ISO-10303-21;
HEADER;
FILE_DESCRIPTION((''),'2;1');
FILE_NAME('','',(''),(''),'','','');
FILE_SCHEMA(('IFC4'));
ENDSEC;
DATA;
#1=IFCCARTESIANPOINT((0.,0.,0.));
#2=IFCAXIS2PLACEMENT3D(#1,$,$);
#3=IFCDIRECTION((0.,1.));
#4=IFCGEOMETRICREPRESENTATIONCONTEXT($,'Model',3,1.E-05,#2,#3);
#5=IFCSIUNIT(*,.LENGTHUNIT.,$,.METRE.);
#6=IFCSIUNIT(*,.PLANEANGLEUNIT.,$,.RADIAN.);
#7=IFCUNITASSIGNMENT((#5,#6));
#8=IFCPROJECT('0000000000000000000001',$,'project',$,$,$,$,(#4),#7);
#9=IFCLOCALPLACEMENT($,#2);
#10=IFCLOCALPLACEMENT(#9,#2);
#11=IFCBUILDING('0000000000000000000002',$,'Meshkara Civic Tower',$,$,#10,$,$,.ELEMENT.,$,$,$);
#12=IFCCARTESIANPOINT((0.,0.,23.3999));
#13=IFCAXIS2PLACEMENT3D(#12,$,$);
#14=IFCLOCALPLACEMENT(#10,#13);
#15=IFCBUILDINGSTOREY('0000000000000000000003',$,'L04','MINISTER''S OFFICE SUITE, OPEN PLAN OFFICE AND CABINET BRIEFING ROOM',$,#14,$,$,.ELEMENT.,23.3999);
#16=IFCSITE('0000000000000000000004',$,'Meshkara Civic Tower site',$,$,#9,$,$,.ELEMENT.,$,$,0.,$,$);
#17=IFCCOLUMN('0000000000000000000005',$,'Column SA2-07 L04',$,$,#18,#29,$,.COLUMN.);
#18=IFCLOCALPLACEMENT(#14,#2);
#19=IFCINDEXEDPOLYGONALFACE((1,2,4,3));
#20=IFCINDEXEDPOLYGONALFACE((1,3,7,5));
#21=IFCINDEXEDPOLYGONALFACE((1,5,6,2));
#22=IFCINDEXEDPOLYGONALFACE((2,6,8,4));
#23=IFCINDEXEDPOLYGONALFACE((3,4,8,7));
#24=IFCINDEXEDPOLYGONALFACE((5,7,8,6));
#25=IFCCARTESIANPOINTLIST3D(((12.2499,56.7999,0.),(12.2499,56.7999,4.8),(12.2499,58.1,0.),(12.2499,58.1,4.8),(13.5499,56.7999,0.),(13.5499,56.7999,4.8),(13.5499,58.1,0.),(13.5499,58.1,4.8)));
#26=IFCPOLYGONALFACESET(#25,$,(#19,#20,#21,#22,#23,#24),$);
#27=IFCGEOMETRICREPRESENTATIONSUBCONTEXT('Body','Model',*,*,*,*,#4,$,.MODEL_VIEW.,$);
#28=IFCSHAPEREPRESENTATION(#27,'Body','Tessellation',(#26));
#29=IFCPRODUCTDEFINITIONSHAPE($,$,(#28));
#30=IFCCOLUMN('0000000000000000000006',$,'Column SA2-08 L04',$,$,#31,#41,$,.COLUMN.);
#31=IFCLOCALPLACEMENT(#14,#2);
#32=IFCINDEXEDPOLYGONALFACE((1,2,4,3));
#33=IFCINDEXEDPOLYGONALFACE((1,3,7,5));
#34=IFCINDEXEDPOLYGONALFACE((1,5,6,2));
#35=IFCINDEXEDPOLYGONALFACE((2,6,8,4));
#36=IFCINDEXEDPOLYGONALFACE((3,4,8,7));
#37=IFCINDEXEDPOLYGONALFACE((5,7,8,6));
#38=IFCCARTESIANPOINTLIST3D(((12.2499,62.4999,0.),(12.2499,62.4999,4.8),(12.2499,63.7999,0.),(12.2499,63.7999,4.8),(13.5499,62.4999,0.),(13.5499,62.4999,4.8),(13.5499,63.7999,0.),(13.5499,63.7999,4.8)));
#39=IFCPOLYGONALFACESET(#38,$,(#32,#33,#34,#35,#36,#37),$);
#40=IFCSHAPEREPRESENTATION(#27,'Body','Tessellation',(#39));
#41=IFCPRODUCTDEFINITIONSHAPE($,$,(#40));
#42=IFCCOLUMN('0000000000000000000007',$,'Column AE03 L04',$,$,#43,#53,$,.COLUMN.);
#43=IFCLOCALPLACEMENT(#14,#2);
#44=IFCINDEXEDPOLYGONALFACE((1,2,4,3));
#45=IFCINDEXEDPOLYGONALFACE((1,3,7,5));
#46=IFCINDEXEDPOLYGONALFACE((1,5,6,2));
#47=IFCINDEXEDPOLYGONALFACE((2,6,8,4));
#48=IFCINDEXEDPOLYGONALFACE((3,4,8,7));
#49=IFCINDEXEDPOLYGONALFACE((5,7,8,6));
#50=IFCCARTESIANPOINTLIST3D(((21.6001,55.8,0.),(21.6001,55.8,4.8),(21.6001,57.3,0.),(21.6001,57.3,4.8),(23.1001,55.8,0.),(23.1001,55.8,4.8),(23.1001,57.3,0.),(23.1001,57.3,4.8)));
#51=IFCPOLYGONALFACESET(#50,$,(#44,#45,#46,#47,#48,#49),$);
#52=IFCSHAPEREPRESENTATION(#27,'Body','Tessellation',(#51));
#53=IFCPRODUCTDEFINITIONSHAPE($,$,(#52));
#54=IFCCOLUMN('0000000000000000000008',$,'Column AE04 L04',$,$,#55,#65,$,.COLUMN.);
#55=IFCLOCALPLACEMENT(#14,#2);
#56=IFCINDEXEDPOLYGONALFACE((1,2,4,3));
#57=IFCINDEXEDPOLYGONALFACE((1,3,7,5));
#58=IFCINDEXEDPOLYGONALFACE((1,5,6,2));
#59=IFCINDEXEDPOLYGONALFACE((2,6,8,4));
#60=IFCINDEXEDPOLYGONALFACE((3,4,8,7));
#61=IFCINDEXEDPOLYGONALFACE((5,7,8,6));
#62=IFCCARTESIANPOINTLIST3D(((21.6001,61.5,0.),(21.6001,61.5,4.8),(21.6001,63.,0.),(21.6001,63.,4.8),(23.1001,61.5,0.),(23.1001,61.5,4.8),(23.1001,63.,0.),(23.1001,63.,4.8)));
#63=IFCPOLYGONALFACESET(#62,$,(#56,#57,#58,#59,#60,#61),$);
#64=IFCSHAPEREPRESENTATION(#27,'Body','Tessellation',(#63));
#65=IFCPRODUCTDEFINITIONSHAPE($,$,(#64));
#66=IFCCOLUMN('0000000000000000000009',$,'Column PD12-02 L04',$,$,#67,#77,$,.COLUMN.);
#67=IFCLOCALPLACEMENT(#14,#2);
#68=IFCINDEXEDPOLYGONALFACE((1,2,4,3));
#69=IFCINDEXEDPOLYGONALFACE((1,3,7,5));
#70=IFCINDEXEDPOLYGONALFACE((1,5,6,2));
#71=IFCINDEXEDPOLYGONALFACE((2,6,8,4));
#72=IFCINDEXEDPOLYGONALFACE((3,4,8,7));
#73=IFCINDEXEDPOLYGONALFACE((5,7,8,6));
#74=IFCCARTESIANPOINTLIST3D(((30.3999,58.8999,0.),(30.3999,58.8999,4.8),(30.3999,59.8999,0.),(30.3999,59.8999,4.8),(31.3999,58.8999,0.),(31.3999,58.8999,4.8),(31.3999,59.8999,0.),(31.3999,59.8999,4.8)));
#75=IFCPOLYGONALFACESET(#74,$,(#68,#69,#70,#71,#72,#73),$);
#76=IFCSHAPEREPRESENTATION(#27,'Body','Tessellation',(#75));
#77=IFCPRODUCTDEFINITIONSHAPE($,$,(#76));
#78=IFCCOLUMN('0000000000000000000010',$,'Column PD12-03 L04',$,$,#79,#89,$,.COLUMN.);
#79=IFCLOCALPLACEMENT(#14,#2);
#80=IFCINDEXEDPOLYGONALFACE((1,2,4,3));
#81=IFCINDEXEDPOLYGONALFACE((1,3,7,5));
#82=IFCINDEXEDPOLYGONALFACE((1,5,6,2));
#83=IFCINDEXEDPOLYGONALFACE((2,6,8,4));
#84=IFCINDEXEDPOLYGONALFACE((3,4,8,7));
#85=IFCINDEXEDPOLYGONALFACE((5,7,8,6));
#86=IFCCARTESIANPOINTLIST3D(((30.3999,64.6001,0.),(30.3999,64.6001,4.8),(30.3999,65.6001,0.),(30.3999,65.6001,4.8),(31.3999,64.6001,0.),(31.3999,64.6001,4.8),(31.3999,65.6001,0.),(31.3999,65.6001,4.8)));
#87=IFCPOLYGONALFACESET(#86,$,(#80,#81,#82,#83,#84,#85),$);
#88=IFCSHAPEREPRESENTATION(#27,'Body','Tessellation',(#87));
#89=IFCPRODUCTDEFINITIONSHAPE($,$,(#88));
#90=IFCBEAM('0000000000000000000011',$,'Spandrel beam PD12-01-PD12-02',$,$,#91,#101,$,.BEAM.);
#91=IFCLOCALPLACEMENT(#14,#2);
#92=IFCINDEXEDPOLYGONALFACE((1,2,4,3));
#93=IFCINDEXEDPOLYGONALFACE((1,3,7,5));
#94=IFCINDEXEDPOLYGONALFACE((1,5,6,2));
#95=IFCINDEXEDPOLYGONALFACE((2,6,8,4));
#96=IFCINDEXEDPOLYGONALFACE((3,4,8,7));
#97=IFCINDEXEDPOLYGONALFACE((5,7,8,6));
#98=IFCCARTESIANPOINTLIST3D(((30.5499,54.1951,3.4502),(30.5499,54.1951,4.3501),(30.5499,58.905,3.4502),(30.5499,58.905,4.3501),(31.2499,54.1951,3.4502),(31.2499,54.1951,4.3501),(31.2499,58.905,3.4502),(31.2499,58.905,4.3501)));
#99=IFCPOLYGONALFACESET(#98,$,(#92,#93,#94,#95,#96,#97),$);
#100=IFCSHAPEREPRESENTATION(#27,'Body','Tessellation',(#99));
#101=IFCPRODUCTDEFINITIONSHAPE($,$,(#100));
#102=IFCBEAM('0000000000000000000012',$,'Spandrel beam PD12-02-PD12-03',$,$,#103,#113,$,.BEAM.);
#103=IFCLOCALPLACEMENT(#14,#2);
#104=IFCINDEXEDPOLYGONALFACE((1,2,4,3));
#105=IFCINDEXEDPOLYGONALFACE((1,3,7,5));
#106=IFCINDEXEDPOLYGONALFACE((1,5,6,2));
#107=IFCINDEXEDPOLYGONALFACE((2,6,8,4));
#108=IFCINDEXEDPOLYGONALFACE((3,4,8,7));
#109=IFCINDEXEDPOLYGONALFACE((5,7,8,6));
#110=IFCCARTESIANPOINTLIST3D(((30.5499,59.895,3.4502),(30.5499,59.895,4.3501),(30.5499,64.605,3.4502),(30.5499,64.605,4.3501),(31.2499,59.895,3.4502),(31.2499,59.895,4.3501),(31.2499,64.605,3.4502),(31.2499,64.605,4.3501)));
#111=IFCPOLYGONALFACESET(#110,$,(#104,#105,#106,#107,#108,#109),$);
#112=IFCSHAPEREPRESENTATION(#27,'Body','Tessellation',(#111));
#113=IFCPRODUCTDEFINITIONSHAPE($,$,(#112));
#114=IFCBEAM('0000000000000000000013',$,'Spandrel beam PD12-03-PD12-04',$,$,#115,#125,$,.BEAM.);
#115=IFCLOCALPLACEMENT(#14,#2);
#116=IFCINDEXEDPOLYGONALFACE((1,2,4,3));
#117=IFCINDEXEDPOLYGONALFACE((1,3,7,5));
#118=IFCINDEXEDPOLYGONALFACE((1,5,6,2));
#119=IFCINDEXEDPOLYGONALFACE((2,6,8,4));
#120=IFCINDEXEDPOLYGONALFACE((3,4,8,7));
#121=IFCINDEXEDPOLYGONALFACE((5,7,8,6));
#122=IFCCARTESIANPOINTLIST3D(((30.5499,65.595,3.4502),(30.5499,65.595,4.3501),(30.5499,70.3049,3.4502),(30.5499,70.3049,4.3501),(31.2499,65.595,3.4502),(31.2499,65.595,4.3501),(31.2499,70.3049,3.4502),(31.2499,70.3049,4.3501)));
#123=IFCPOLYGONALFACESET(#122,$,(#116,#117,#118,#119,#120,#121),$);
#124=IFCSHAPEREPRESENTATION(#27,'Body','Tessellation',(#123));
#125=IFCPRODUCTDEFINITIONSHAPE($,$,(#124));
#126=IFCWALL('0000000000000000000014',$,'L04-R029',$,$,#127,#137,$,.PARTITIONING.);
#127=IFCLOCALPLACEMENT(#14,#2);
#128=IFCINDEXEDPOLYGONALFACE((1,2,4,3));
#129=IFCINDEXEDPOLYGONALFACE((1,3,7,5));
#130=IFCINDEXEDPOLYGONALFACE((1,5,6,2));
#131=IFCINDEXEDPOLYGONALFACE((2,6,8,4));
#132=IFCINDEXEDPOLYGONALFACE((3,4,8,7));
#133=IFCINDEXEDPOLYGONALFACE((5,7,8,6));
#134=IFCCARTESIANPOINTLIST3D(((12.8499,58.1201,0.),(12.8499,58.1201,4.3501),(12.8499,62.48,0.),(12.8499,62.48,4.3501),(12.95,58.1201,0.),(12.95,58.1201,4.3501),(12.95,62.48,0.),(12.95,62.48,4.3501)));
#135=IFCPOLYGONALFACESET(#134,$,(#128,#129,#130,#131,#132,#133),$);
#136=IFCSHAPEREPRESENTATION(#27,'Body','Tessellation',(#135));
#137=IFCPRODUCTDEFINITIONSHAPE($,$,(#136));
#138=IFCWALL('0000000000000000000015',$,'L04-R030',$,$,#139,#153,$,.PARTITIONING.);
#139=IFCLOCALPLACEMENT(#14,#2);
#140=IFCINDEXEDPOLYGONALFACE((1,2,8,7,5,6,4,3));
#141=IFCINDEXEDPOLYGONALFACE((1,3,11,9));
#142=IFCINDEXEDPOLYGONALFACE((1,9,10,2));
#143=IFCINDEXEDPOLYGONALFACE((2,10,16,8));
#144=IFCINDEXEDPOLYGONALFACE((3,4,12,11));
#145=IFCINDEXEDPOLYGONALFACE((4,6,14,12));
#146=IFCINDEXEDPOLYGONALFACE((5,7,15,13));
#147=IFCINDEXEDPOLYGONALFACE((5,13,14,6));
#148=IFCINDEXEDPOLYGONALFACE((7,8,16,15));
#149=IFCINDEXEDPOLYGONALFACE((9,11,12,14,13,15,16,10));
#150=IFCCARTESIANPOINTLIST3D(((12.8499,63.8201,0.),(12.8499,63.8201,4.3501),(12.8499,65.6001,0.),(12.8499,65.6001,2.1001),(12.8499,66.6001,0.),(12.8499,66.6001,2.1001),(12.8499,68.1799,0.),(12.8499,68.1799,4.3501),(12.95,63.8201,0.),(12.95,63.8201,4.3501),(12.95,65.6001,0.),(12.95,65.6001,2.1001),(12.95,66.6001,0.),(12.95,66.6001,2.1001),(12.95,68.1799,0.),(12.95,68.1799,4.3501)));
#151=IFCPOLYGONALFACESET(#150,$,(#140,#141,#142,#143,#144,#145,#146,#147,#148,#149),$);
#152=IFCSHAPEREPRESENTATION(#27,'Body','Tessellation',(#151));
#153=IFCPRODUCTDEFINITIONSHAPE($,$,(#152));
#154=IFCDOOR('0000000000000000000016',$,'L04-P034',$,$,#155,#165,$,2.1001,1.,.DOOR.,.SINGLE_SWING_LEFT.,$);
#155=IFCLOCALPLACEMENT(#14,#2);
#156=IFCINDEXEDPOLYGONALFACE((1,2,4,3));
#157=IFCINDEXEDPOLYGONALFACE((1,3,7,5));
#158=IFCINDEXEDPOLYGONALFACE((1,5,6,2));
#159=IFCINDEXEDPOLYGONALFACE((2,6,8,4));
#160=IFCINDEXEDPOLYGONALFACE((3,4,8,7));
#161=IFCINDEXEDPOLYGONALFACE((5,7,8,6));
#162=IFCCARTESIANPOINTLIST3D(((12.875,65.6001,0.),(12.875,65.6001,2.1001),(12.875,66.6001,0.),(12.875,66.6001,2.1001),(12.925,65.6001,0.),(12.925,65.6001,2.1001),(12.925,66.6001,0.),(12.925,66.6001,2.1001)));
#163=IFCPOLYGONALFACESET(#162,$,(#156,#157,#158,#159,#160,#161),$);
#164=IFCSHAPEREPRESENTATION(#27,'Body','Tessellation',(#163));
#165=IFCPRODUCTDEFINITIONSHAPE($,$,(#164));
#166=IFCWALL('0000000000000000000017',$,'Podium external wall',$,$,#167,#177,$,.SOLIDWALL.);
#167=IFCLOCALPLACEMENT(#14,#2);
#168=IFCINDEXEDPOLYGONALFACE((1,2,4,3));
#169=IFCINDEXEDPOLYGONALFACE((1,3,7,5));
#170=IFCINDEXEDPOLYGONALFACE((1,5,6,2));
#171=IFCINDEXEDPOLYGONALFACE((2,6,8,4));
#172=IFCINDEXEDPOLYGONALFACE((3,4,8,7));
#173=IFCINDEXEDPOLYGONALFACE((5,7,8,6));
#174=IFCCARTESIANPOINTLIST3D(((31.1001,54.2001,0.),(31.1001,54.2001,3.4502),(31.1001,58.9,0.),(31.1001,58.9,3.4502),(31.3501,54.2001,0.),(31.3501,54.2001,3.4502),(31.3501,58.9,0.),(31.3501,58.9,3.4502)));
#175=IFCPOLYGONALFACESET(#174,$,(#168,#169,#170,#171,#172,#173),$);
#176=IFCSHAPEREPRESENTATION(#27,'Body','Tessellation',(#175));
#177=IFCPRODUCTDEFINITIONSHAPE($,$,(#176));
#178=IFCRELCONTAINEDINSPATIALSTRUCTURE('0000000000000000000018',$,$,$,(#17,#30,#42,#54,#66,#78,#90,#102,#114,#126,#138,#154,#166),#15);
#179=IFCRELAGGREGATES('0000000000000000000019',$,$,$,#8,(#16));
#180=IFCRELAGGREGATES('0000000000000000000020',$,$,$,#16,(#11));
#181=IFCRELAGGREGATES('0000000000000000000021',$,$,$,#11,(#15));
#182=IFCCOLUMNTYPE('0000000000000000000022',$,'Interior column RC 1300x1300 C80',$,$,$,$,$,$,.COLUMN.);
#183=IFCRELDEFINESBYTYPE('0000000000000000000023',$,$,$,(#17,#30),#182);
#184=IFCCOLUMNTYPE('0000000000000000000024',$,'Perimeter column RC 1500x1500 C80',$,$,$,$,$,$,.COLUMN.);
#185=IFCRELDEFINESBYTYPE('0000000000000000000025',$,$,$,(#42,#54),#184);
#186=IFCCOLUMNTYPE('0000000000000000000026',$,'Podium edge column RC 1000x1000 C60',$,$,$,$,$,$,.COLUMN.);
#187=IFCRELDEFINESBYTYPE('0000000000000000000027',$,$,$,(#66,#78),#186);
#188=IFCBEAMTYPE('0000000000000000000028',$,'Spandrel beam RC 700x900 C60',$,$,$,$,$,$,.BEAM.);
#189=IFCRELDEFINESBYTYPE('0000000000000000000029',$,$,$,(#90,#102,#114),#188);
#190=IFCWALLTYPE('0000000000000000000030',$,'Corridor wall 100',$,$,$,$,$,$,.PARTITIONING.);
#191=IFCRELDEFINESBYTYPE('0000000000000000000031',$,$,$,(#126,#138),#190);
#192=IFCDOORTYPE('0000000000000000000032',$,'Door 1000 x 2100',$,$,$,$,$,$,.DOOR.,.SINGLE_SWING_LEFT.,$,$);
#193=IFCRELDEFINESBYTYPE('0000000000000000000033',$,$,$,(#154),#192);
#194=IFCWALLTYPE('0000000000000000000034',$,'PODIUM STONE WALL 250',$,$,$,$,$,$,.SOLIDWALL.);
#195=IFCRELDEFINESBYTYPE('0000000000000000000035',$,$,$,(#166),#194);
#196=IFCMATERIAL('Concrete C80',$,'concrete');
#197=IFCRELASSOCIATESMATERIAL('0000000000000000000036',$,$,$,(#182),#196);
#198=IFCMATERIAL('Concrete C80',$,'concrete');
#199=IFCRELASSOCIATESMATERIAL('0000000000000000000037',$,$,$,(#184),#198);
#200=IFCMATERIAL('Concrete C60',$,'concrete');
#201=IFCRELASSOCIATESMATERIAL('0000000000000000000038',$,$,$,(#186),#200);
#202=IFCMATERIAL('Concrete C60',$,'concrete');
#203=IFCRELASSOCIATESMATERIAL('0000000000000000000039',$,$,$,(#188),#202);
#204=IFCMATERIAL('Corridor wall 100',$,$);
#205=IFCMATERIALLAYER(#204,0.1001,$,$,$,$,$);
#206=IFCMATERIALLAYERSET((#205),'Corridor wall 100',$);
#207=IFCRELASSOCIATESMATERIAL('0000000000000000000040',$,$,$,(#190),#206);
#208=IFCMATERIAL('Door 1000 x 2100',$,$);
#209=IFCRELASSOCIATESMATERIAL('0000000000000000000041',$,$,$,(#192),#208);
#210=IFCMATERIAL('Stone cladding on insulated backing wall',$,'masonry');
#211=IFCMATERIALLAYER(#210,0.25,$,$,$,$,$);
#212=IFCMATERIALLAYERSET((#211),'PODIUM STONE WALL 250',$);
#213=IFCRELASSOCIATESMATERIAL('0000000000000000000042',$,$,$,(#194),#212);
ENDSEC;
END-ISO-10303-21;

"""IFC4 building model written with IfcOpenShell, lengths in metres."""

from ifc_helpers import new_model, si_unit, direction, frame, frame_2d, origin, origin_2d, place, context, subcontext, project, spatial, rectangle, extrude, material, layer, layer_set, material_profile, profile_set, type_object, element, fill, save


model = new_model("IFC4")

# Units and contexts
model_context = context("Model", 3, precision=1e-05, world=origin(), true_north=direction((0.0, 1.0)))
body_context = subcontext(model_context, "Body", "Model", "MODEL_VIEW")
ifc_project = project(units=[si_unit("LENGTHUNIT", "METRE"), si_unit("PLANEANGLEUNIT", "RADIAN")], contexts=[model_context])

# Site, building, storey
site_placement = place(None, origin())
site = spatial("IfcSite", under=ifc_project, at=site_placement, Name="Meshkara Civic Tower site", CompositionType="ELEMENT", RefElevation=0.0)
building_placement = place(site_placement, origin())
building = spatial("IfcBuilding", under=site, at=building_placement, Name="Meshkara Civic Tower", CompositionType="ELEMENT")
storey_placement = place(building_placement, frame((0.0, 0.0, 23.3999)))
storey = spatial("IfcBuildingStorey", under=building, at=storey_placement, Name="L04", Description="MINISTER'S OFFICE SUITE, OPEN PLAN OFFICE AND CABINET BRIEFING ROOM", CompositionType="ELEMENT", Elevation=23.3999)

# Columns
ifc_material_1 = material(Name="Concrete C80", Category="concrete")
ifc_material_profile_1 = material_profile(ifc_material_1, rectangle(XDim=1.3, YDim=1.3, at=origin_2d()))
ifc_profile_set_1 = profile_set([ifc_material_profile_1], Name="Concrete C80")
column_type_1 = type_object("IfcColumnType", Name="Interior column RC 1300x1300 C80", PredefinedType="COLUMN", material=ifc_profile_set_1)
for number, where, z_axis, x_axis, name in (
    (1, (12.8999, 57.45, 0.0), (0.0, 0.0, 1.0), (1.0, 0.0, 0.0), "Column SA2-07 L04"),
    (2, (12.8999, 63.1499, 0.0), (0.0, 0.0, 1.0), (1.0, 0.0, 0.0), "Column SA2-08 L04"),
):
    element("IfcColumn", number, at=place(storey_placement, frame(where, z_axis=z_axis, x_axis=x_axis)), inside=storey, type_object=column_type_1, Name=name, PredefinedType="COLUMN", context=body_context, shape_type="SweptSolid", body=[
        extrude(rectangle(XDim=1.3, YDim=1.3, at=origin_2d()), origin(), (0.0, 0.0, 1.0), 4.8),
    ])
ifc_material_2 = material(Name="Concrete C80", Category="concrete")
ifc_material_profile_2 = material_profile(ifc_material_2, rectangle(XDim=1.5, YDim=1.5, at=origin_2d()))
ifc_profile_set_2 = profile_set([ifc_material_profile_2], Name="Concrete C80")
column_type_2 = type_object("IfcColumnType", Name="Perimeter column RC 1500x1500 C80", PredefinedType="COLUMN", material=ifc_profile_set_2)
for number, where, z_axis, x_axis, name in (
    (3, (22.3501, 56.55, 0.0), (0.0, 0.0, 1.0), (1.0, 0.0, 0.0), "Column AE03 L04"),
    (4, (22.3501, 62.25, 0.0), (0.0, 0.0, 1.0), (1.0, 0.0, 0.0), "Column AE04 L04"),
):
    element("IfcColumn", number, at=place(storey_placement, frame(where, z_axis=z_axis, x_axis=x_axis)), inside=storey, type_object=column_type_2, Name=name, PredefinedType="COLUMN", context=body_context, shape_type="SweptSolid", body=[
        extrude(rectangle(XDim=1.5, YDim=1.5, at=origin_2d()), origin(), (0.0, 0.0, 1.0), 4.8),
    ])
ifc_material_3 = material(Name="Concrete C60", Category="concrete")
ifc_material_profile_3 = material_profile(ifc_material_3, rectangle(XDim=1.0, YDim=1.0, at=origin_2d()))
ifc_profile_set_3 = profile_set([ifc_material_profile_3], Name="Concrete C60")
column_type_3 = type_object("IfcColumnType", Name="Podium edge column RC 1000x1000 C60", PredefinedType="COLUMN", material=ifc_profile_set_3)
for number, where, z_axis, x_axis, name in (
    (5, (30.8999, 59.3999, 0.0), (0.0, 0.0, 1.0), (1.0, 0.0, 0.0), "Column PD12-02 L04"),
    (6, (30.8999, 65.1001, 0.0), (0.0, 0.0, 1.0), (1.0, 0.0, 0.0), "Column PD12-03 L04"),
):
    element("IfcColumn", number, at=place(storey_placement, frame(where, z_axis=z_axis, x_axis=x_axis)), inside=storey, type_object=column_type_3, Name=name, PredefinedType="COLUMN", context=body_context, shape_type="SweptSolid", body=[
        extrude(rectangle(XDim=1.0, YDim=1.0, at=origin_2d()), origin(), (0.0, 0.0, 1.0), 4.8),
    ])

# Beams
ifc_material_4 = material(Name="Concrete C60", Category="concrete")
ifc_material_profile_4 = material_profile(ifc_material_4, rectangle(XDim=0.7, YDim=0.8999, at=origin_2d()))
ifc_profile_set_4 = profile_set([ifc_material_profile_4], Name="Concrete C60")
beam_type = type_object("IfcBeamType", Name="Spandrel beam RC 700x900 C60", PredefinedType="BEAM", material=ifc_profile_set_4)
for number, where, z_axis, x_axis, name in (
    (7, (30.8999, 54.1951, 3.9001), (0.0, 1.0, 0.0), (-1.0, 0.0, 0.0), "Spandrel beam PD12-01-PD12-02"),
    (8, (30.8999, 59.895, 3.9001), (0.0, 1.0, 0.0), (-1.0, 0.0, 0.0), "Spandrel beam PD12-02-PD12-03"),
    (9, (30.8999, 65.595, 3.9001), (0.0, 1.0, 0.0), (-1.0, 0.0, 0.0), "Spandrel beam PD12-03-PD12-04"),
):
    element("IfcBeam", number, at=place(storey_placement, frame(where, z_axis=z_axis, x_axis=x_axis)), inside=storey, type_object=beam_type, Name=name, PredefinedType="BEAM", context=body_context, shape_type="SweptSolid", body=[
        extrude(rectangle(XDim=0.7, YDim=0.8999, at=origin_2d()), origin(), (0.0, 0.0, 1.0), 4.71),
    ])

# Wall
ifc_material_5 = material(Name="Corridor wall 100")
ifc_layer_1 = layer(ifc_material_5, 0.1001)
ifc_layer_set_1 = layer_set([ifc_layer_1], Name="Corridor wall 100")
wall_type_1 = type_object("IfcWallType", Name="Corridor wall 100", PredefinedType="PARTITIONING", material=ifc_layer_set_1)
wall_1_placement = place(storey_placement, frame((12.8999, 62.48, 0.0), z_axis=(0.0, 0.0, 1.0), x_axis=(0.0, -1.0, 0.0)))
element("IfcWall", 10, at=wall_1_placement, inside=storey, type_object=wall_type_1, Name="L04-R029", PredefinedType="PARTITIONING", context=body_context, shape_type="SweptSolid", body=[
    extrude(rectangle(XDim=4.3599, YDim=0.1001, at=frame_2d((2.1799, 0.0))), origin(), (0.0, 0.0, 1.0), 4.3501),
])

# Wall, opening, door
wall_2_placement = place(storey_placement, frame((12.8999, 63.8201, 0.0), z_axis=(0.0, 0.0, 1.0), x_axis=(0.0, 1.0, 0.0)))
wall_2 = element("IfcWall", 11, at=wall_2_placement, inside=storey, type_object=wall_type_1, Name="L04-R030", PredefinedType="PARTITIONING", context=body_context, shape_type="SweptSolid", body=[
    extrude(rectangle(XDim=4.3599, YDim=0.1001, at=frame_2d((2.1799, 0.0))), origin(), (0.0, 0.0, 1.0), 4.3501),
])
opening_1_placement = place(wall_2_placement, frame((1.78, 0.0, 0.0)))
opening_1 = element("IfcOpeningElement", 12, at=opening_1_placement, cuts=wall_2, PredefinedType="OPENING", context=body_context, shape_type="SweptSolid", body=[
    extrude(rectangle(XDim=1.0, YDim=2.1001, at=frame_2d((0.5, 1.05))), frame((0.0, 0.0601, 0.0), z_axis=(0.0, -1.0, 0.0), x_axis=(1.0, 0.0, 0.0)), (0.0, 0.0, 1.0), 0.1201),
])
ifc_material_6 = material(Name="Door 1000 x 2100")
door_type = type_object("IfcDoorType", Name="Door 1000 x 2100", OperationType="SINGLE_SWING_LEFT", PredefinedType="DOOR", material=ifc_material_6)
door_placement = place(opening_1_placement, origin())
door = element("IfcDoor", 13, at=door_placement, inside=storey, type_object=door_type, Name="L04-P034", OperationType="SINGLE_SWING_LEFT", OverallHeight=2.1001, OverallWidth=1.0, PredefinedType="DOOR", context=body_context, shape_type="SweptSolid", body=[
    extrude(rectangle(XDim=1.0, YDim=2.1001, at=frame_2d((0.5, 1.05))), frame((0.0, 0.0249, 0.0), z_axis=(0.0, -1.0, 0.0), x_axis=(1.0, 0.0, 0.0)), (0.0, 0.0, 1.0), 0.05),
])
fill(opening_1, door)

# Wall
ifc_material_7 = material(Name="Stone cladding on insulated backing wall", Category="masonry")
ifc_layer_2 = layer(ifc_material_7, 0.25)
ifc_layer_set_2 = layer_set([ifc_layer_2], Name="PODIUM STONE WALL 250")
wall_type_2 = type_object("IfcWallType", Name="PODIUM STONE WALL 250", PredefinedType="SOLIDWALL", material=ifc_layer_set_2)
wall_3_placement = place(storey_placement, frame((31.2251, 54.2, 0.0), z_axis=(0.0, 0.0, 1.0), x_axis=(0.0, 1.0, 0.0)))
element("IfcWall", 14, at=wall_3_placement, inside=storey, type_object=wall_type_2, Name="Podium external wall", PredefinedType="SOLIDWALL", context=body_context, shape_type="SweptSolid", body=[
    extrude(rectangle(XDim=4.7, YDim=0.25, at=frame_2d((2.3501, 0.0))), origin(), (0.0, 0.0, 1.0), 3.4502),
])

save(model, "model.ifc")
